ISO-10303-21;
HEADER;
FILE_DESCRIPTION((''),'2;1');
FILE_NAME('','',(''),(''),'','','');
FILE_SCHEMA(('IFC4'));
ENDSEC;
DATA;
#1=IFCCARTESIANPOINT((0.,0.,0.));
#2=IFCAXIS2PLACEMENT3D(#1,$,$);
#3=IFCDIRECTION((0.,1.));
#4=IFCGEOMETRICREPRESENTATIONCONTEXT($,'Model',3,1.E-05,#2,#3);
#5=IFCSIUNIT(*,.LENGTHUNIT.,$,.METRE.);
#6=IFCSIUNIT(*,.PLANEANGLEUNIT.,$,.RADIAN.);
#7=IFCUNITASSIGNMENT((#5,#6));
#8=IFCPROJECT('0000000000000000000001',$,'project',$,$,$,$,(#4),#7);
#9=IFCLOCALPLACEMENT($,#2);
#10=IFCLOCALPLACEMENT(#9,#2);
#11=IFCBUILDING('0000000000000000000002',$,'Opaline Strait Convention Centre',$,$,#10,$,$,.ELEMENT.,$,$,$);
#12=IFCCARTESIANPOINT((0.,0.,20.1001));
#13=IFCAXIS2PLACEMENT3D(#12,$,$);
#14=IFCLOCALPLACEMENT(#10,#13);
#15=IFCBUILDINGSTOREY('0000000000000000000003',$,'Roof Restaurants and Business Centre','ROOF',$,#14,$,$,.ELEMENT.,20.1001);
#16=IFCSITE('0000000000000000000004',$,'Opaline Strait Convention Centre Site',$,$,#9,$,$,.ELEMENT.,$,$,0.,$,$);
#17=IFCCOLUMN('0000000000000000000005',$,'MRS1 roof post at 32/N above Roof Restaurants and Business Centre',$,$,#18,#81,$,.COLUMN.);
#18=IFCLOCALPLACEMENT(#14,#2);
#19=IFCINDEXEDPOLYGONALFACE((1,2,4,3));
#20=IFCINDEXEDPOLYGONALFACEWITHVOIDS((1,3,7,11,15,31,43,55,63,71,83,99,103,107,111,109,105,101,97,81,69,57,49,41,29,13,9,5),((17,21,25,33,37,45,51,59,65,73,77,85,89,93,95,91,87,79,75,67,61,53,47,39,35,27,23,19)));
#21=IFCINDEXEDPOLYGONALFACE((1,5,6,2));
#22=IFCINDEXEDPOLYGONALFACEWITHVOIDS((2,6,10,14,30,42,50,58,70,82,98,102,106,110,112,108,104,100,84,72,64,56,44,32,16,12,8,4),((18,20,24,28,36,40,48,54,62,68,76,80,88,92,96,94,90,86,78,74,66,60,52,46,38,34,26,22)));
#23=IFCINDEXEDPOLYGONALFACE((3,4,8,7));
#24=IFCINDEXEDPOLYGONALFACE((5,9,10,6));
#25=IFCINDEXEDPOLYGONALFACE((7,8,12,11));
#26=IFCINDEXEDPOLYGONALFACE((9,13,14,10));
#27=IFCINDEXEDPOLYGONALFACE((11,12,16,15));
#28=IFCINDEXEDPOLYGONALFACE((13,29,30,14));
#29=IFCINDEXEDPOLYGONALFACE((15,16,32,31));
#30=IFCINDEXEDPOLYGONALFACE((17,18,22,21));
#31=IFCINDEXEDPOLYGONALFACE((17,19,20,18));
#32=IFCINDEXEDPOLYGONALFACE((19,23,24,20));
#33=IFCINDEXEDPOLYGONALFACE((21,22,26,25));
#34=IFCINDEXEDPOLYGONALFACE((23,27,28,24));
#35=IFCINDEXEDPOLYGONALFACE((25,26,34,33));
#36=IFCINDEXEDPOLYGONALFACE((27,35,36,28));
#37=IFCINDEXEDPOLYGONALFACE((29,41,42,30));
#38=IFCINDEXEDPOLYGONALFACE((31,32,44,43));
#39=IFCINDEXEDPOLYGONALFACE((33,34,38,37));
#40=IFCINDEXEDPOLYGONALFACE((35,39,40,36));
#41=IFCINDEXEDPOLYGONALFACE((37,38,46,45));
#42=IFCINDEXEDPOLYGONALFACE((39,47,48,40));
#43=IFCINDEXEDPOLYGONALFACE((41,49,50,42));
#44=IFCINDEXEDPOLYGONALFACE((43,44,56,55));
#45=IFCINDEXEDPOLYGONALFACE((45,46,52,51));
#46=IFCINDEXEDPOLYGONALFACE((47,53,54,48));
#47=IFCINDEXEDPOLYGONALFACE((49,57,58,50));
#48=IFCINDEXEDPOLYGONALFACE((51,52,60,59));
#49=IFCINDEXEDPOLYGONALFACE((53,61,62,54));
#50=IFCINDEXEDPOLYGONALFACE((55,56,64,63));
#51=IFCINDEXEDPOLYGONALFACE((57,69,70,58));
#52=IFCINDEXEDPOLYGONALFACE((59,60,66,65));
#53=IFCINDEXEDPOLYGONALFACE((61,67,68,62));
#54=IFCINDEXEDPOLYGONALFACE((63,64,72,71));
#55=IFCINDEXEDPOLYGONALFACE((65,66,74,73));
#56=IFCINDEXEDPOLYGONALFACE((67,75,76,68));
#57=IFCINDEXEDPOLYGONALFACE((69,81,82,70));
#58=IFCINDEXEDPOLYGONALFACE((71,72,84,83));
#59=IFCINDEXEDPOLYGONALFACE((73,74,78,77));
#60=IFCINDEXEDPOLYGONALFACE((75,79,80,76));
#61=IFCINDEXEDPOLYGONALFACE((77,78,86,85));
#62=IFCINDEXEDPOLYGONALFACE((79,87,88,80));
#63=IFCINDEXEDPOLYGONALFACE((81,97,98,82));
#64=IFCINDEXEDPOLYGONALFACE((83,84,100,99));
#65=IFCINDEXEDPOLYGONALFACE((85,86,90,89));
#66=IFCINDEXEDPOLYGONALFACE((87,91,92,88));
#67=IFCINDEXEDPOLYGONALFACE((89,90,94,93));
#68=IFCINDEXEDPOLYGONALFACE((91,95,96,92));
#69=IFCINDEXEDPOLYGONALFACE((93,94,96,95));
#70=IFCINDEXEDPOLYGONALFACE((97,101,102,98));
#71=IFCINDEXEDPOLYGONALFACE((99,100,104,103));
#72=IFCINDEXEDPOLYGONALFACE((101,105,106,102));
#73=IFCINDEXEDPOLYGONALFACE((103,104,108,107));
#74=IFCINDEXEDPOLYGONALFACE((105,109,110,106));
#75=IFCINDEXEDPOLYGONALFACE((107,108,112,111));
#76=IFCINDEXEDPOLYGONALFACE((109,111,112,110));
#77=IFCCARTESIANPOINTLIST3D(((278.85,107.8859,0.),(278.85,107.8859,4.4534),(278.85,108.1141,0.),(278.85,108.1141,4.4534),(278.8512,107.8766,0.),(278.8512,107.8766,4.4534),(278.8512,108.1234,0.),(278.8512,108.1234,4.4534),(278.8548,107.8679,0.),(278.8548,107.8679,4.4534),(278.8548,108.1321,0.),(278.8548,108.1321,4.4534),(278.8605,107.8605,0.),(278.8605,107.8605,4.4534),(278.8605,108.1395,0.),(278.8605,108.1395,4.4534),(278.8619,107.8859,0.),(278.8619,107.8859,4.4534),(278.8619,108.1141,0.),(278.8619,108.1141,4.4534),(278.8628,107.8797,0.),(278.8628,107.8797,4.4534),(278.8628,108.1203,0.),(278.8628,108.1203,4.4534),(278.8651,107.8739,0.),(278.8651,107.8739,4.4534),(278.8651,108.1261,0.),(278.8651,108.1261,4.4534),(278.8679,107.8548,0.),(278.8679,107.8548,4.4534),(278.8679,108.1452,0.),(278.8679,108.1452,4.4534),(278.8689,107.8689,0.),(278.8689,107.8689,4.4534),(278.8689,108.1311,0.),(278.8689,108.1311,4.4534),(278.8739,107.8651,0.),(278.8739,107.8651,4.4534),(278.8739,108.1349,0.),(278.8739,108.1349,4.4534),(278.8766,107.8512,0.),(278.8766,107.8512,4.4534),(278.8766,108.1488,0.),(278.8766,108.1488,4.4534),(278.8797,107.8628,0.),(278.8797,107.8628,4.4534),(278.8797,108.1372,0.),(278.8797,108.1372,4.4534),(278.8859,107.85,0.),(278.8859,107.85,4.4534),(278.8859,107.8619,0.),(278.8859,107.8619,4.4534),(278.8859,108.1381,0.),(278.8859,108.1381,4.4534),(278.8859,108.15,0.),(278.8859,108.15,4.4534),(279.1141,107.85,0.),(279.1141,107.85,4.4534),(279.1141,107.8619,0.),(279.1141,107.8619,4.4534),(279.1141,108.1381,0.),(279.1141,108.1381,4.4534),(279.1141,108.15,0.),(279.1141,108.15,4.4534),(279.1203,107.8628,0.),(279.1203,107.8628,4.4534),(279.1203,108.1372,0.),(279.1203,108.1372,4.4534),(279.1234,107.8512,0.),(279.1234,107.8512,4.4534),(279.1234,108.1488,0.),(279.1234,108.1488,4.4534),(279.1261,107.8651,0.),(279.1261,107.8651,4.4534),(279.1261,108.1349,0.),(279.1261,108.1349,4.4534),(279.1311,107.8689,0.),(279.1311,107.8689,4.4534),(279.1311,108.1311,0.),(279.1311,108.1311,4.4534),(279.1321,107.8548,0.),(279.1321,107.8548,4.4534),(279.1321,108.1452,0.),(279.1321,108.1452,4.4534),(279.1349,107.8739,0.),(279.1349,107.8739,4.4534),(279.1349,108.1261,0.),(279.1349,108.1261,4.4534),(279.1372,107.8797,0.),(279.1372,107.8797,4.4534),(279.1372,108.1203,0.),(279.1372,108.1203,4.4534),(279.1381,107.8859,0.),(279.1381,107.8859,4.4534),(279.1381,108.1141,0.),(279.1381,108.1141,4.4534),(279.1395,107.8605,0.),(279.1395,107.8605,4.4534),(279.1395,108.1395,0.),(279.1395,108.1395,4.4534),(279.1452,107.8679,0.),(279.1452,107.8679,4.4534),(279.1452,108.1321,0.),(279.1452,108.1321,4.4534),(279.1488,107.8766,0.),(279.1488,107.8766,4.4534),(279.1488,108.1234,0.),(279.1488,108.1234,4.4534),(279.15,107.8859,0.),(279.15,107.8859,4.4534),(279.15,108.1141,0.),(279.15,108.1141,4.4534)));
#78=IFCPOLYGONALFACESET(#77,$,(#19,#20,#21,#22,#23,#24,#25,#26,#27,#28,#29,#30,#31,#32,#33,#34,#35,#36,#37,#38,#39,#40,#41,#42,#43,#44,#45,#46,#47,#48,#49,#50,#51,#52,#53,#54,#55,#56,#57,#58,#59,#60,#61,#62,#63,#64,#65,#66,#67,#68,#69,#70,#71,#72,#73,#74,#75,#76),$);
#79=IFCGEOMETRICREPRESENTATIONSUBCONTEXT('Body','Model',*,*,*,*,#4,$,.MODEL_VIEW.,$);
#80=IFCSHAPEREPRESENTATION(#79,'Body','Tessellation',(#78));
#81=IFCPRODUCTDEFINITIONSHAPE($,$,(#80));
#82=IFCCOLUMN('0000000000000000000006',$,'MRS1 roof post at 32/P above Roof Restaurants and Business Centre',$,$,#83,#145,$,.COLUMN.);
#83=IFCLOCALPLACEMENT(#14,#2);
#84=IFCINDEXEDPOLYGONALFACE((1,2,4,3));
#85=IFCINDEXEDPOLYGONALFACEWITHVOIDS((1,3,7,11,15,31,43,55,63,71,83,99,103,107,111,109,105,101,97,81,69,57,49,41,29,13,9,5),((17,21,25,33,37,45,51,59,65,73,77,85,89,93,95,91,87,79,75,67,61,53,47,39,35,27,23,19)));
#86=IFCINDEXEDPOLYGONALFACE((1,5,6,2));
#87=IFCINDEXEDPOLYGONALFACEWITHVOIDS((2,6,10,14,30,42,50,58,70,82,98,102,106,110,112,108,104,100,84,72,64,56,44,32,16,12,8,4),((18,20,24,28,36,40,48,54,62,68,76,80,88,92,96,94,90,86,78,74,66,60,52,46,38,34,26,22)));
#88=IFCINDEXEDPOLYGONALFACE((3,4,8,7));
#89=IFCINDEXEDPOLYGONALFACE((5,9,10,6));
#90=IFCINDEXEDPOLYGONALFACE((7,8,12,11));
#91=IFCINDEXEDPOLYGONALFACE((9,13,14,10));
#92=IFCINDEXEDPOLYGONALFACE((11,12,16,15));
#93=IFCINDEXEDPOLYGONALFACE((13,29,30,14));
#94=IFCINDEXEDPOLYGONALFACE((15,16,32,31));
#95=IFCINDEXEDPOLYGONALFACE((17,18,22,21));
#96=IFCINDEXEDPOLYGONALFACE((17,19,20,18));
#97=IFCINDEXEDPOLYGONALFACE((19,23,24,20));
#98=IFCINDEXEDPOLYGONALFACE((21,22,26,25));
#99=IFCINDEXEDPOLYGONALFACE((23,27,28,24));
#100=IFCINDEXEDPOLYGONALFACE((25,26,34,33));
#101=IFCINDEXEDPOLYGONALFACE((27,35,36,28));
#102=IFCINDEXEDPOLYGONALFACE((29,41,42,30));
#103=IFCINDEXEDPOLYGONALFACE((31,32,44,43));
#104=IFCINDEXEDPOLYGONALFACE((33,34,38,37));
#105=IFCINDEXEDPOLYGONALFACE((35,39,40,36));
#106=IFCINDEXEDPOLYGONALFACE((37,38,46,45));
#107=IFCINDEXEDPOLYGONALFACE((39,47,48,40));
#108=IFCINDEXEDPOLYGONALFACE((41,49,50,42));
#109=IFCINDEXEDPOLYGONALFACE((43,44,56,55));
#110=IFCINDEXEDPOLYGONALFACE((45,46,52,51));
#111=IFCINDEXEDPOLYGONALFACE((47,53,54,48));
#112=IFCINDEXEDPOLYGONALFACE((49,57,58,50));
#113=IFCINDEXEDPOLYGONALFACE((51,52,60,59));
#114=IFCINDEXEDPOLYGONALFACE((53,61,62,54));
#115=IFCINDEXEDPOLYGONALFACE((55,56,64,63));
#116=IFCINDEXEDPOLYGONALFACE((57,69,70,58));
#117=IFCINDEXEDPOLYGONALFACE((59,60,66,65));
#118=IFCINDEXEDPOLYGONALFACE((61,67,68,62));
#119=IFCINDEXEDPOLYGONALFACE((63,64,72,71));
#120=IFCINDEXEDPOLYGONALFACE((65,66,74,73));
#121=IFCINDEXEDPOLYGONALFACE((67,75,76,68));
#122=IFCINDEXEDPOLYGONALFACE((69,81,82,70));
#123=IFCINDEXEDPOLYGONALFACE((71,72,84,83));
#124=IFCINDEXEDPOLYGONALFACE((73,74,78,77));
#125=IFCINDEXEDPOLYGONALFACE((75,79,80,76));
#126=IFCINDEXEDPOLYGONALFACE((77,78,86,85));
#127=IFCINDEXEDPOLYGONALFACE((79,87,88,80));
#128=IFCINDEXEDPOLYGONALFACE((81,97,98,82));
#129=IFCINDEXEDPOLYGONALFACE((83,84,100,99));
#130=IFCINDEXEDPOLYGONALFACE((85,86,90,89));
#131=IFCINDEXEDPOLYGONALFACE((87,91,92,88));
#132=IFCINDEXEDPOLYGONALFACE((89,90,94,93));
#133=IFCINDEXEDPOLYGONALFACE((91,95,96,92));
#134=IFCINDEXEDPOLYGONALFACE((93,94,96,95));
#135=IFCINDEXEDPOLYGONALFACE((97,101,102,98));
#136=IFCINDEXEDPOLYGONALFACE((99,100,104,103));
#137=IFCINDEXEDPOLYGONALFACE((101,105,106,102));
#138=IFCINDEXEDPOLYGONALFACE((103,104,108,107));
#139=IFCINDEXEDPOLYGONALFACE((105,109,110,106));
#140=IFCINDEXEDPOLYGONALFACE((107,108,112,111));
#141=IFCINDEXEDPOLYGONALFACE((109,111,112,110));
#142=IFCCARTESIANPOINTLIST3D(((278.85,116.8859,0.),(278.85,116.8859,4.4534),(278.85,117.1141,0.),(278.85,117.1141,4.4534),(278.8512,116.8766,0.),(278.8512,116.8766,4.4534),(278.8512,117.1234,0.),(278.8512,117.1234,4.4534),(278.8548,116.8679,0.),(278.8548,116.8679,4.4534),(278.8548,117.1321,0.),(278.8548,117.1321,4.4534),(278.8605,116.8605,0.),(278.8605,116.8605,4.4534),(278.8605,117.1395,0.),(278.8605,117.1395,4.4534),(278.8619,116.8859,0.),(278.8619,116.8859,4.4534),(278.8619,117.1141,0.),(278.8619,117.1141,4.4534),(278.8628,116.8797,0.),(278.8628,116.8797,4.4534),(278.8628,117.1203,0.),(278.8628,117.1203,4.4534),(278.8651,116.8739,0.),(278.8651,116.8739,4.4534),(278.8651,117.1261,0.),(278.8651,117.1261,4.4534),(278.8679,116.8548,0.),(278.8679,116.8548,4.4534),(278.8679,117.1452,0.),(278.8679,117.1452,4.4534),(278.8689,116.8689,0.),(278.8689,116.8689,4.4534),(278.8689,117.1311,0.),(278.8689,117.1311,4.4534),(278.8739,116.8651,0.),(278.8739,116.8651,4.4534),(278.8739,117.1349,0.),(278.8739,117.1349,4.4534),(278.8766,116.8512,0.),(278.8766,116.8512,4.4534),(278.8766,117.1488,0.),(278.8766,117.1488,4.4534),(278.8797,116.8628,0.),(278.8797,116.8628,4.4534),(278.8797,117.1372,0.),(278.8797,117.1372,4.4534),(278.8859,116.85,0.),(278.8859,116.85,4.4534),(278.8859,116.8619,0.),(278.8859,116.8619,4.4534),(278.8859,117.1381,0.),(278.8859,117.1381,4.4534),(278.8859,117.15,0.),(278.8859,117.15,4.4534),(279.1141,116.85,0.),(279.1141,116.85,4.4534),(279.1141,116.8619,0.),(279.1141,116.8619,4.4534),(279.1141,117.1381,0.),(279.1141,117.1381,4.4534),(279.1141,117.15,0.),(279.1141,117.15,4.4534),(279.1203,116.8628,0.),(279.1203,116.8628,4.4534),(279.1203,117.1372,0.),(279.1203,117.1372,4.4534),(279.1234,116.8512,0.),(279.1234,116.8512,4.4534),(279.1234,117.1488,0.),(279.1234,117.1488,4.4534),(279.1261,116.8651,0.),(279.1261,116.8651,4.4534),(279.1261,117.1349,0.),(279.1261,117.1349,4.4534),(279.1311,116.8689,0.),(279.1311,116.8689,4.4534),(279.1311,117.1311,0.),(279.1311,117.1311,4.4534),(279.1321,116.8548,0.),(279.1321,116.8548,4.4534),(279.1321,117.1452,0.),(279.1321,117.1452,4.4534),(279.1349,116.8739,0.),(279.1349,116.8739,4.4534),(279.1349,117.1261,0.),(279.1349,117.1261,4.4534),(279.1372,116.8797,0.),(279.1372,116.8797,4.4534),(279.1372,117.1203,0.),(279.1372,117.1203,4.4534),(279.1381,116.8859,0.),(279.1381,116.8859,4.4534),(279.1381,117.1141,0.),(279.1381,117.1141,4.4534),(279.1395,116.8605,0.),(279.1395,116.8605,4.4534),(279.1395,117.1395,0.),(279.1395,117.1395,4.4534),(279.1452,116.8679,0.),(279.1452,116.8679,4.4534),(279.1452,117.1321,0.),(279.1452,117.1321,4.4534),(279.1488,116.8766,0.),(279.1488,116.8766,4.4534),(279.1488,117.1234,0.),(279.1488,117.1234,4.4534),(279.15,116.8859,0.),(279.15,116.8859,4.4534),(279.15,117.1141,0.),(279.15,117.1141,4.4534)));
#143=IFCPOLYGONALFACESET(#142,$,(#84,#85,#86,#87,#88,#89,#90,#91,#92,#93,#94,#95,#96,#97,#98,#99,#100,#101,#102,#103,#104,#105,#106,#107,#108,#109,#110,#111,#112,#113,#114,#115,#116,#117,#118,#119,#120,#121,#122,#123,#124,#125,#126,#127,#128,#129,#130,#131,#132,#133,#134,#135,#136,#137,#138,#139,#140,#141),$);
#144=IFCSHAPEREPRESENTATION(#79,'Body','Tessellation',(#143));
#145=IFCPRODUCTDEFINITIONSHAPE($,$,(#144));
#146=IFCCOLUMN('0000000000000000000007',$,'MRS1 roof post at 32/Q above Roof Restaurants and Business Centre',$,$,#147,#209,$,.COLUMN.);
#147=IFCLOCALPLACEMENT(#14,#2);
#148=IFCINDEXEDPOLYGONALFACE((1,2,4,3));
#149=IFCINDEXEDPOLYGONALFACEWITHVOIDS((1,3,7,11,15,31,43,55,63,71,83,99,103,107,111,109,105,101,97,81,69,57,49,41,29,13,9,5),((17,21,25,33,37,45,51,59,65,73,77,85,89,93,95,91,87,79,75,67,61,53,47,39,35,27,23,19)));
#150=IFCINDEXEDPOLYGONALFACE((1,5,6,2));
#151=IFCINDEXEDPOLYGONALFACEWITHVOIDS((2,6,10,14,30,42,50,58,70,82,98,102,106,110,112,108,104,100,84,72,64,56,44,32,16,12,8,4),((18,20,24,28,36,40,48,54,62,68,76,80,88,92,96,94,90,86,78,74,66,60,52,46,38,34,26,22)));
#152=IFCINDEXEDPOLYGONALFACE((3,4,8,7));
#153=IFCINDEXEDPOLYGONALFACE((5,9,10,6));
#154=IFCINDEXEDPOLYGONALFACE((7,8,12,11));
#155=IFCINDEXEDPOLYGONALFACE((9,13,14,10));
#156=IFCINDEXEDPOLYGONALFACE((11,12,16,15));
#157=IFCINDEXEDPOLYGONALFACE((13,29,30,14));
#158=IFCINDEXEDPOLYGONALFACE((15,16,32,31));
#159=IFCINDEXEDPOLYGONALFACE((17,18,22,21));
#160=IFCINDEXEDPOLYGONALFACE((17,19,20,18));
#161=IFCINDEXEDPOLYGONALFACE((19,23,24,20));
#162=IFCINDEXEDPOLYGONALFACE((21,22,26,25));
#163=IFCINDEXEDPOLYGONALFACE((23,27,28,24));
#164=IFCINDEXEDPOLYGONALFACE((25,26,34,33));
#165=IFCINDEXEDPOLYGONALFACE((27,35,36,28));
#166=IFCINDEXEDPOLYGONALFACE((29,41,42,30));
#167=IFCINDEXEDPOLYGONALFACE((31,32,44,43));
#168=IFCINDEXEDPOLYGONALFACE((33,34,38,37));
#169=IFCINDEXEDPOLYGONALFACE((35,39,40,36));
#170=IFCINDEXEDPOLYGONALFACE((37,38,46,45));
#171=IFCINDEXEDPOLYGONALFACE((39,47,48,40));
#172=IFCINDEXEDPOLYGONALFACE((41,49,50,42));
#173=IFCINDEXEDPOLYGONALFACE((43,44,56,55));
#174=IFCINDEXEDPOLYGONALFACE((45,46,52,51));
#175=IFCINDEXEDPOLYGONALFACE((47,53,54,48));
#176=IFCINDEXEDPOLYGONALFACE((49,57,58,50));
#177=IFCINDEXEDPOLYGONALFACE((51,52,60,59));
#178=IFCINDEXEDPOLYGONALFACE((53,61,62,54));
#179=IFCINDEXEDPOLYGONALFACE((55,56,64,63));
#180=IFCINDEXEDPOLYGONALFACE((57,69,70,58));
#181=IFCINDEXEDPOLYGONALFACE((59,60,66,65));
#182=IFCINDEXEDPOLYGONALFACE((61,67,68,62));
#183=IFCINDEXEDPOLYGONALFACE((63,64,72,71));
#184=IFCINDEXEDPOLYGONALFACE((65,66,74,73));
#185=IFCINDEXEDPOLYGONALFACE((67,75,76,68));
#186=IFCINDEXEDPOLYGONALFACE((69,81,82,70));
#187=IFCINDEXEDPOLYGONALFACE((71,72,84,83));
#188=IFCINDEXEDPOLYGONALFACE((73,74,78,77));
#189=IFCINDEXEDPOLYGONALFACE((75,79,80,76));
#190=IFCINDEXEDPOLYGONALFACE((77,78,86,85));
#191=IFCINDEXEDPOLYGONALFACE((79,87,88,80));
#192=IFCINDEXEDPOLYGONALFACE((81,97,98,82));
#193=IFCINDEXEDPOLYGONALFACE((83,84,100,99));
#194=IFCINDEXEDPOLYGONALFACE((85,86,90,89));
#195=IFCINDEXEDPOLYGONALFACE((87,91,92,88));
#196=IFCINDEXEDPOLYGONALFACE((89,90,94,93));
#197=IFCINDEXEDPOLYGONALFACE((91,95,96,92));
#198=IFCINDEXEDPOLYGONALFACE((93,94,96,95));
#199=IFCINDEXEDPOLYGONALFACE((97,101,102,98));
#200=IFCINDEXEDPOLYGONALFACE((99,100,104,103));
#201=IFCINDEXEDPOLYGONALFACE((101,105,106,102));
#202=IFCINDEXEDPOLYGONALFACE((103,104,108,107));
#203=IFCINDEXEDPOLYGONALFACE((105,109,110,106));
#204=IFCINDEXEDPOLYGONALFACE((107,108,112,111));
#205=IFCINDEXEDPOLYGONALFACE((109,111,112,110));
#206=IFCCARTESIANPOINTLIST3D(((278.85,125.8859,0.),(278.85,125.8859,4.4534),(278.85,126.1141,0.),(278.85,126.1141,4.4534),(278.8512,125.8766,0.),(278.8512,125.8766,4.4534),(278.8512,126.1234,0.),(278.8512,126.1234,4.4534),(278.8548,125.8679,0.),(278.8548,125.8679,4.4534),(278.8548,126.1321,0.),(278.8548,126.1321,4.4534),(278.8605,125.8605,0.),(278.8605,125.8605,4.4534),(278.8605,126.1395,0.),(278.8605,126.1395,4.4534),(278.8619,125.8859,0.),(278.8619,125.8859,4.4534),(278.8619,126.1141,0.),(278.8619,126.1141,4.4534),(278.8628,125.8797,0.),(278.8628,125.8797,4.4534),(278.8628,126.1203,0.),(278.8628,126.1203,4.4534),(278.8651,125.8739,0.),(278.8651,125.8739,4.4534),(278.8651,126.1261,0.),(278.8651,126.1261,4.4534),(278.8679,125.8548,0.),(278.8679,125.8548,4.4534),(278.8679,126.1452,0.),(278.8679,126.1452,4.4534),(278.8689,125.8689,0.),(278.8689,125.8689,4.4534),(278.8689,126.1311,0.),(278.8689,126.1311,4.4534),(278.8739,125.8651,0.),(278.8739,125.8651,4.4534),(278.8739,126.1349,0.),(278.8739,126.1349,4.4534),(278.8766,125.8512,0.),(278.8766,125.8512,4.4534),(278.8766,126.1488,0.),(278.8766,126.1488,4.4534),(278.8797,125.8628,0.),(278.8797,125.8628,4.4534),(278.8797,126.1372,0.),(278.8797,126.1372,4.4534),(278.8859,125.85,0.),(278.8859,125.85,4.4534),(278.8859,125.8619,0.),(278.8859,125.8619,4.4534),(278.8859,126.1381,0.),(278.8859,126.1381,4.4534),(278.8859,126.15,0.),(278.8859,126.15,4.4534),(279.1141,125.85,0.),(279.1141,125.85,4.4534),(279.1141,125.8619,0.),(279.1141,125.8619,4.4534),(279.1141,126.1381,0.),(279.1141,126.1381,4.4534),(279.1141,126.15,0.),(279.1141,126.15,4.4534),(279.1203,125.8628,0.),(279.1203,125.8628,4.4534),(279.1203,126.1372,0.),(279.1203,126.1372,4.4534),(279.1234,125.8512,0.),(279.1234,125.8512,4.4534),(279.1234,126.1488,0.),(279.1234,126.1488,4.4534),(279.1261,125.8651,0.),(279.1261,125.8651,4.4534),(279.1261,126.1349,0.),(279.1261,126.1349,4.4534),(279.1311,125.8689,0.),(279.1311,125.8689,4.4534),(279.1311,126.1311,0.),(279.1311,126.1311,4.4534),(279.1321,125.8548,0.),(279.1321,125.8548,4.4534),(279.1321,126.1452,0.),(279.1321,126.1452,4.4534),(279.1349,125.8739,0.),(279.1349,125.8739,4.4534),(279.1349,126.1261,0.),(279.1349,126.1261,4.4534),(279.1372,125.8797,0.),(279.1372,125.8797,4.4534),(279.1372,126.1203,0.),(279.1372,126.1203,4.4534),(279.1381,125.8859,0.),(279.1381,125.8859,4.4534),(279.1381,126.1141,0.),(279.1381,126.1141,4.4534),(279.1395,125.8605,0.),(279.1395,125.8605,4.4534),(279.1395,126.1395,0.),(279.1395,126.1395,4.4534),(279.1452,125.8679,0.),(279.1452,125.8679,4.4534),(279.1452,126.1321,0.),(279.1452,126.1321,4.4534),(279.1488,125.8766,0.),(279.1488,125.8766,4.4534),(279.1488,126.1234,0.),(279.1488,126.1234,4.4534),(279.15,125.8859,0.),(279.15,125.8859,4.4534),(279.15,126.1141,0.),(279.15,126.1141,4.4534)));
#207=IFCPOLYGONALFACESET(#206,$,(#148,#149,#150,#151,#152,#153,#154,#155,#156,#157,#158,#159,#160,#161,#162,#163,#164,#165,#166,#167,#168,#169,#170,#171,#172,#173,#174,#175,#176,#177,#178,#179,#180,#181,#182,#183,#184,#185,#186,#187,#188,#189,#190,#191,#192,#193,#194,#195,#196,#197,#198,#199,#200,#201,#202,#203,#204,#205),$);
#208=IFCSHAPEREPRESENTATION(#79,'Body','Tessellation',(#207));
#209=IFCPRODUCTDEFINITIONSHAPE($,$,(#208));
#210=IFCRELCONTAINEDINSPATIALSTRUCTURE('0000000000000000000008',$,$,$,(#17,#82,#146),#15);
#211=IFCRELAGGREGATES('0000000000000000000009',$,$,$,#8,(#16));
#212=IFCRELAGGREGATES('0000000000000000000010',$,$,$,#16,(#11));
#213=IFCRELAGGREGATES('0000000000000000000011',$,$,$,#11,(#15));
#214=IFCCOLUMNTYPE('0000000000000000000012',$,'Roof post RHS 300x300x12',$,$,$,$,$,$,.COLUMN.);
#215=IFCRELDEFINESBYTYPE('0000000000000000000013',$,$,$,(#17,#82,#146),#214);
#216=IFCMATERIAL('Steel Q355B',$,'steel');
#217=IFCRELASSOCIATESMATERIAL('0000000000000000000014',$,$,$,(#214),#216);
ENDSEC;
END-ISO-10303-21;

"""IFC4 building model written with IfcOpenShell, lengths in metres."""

from ifc_helpers import new_model, si_unit, direction, frame, origin, origin_2d, place, context, subcontext, project, spatial, hollow_rectangle, extrude, material, material_profile, profile_set, type_object, element, save


model = new_model("IFC4")

# Units and contexts
model_context = context("Model", 3, precision=1e-05, world=origin(), true_north=direction((0.0, 1.0)))
body_context = subcontext(model_context, "Body", "Model", "MODEL_VIEW")
ifc_project = project(units=[si_unit("LENGTHUNIT", "METRE"), si_unit("PLANEANGLEUNIT", "RADIAN")], contexts=[model_context])

# Site, building, storey
site_placement = place(None, origin())
site = spatial("IfcSite", under=ifc_project, at=site_placement, Name="Opaline Strait Convention Centre Site", CompositionType="ELEMENT", RefElevation=0.0)
building_placement = place(site_placement, origin())
building = spatial("IfcBuilding", under=site, at=building_placement, Name="Opaline Strait Convention Centre", CompositionType="ELEMENT")
storey_placement = place(building_placement, frame((0.0, 0.0, 20.1001)))
storey = spatial("IfcBuildingStorey", under=building, at=storey_placement, Name="Roof Restaurants and Business Centre", Description="ROOF", CompositionType="ELEMENT", Elevation=20.1001)

# Columns
ifc_material_1 = material(Name="Steel Q355B", Category="steel")
ifc_material_profile_1 = material_profile(ifc_material_1, hollow_rectangle(XDim=0.3, YDim=0.3, WallThickness=0.012, InnerFilletRadius=0.0239, OuterFilletRadius=0.0359, at=origin_2d()), Name="RHS 300x300x12")
ifc_profile_set_1 = profile_set([ifc_material_profile_1], Name="Steel Q355B")
column_type_1 = type_object("IfcColumnType", Name="Roof post RHS 300x300x12", PredefinedType="COLUMN", material=ifc_profile_set_1)
for number, where, z_axis, x_axis, name in (
    (1, (279.0, 108.0, 0.0), (0.0, 0.0, 1.0), (1.0, 0.0, 0.0), "MRS1 roof post at 32/N above Roof Restaurants and Business Centre"),
    (2, (279.0, 117.0, 0.0), (0.0, 0.0, 1.0), (1.0, 0.0, 0.0), "MRS1 roof post at 32/P above Roof Restaurants and Business Centre"),
    (3, (279.0, 126.0, 0.0), (0.0, 0.0, 1.0), (1.0, 0.0, 0.0), "MRS1 roof post at 32/Q above Roof Restaurants and Business Centre"),
):
    element("IfcColumn", number, at=place(storey_placement, frame(where, z_axis=z_axis, x_axis=x_axis)), inside=storey, type_object=column_type_1, Name=name, PredefinedType="COLUMN", context=body_context, shape_type="SweptSolid", body=[
        extrude(hollow_rectangle(XDim=0.3, YDim=0.3, WallThickness=0.012, InnerFilletRadius=0.0239, OuterFilletRadius=0.0359, at=origin_2d()), origin(), (0.0, 0.0, 1.0), 4.4534),
    ])

save(model, "model.ifc")
